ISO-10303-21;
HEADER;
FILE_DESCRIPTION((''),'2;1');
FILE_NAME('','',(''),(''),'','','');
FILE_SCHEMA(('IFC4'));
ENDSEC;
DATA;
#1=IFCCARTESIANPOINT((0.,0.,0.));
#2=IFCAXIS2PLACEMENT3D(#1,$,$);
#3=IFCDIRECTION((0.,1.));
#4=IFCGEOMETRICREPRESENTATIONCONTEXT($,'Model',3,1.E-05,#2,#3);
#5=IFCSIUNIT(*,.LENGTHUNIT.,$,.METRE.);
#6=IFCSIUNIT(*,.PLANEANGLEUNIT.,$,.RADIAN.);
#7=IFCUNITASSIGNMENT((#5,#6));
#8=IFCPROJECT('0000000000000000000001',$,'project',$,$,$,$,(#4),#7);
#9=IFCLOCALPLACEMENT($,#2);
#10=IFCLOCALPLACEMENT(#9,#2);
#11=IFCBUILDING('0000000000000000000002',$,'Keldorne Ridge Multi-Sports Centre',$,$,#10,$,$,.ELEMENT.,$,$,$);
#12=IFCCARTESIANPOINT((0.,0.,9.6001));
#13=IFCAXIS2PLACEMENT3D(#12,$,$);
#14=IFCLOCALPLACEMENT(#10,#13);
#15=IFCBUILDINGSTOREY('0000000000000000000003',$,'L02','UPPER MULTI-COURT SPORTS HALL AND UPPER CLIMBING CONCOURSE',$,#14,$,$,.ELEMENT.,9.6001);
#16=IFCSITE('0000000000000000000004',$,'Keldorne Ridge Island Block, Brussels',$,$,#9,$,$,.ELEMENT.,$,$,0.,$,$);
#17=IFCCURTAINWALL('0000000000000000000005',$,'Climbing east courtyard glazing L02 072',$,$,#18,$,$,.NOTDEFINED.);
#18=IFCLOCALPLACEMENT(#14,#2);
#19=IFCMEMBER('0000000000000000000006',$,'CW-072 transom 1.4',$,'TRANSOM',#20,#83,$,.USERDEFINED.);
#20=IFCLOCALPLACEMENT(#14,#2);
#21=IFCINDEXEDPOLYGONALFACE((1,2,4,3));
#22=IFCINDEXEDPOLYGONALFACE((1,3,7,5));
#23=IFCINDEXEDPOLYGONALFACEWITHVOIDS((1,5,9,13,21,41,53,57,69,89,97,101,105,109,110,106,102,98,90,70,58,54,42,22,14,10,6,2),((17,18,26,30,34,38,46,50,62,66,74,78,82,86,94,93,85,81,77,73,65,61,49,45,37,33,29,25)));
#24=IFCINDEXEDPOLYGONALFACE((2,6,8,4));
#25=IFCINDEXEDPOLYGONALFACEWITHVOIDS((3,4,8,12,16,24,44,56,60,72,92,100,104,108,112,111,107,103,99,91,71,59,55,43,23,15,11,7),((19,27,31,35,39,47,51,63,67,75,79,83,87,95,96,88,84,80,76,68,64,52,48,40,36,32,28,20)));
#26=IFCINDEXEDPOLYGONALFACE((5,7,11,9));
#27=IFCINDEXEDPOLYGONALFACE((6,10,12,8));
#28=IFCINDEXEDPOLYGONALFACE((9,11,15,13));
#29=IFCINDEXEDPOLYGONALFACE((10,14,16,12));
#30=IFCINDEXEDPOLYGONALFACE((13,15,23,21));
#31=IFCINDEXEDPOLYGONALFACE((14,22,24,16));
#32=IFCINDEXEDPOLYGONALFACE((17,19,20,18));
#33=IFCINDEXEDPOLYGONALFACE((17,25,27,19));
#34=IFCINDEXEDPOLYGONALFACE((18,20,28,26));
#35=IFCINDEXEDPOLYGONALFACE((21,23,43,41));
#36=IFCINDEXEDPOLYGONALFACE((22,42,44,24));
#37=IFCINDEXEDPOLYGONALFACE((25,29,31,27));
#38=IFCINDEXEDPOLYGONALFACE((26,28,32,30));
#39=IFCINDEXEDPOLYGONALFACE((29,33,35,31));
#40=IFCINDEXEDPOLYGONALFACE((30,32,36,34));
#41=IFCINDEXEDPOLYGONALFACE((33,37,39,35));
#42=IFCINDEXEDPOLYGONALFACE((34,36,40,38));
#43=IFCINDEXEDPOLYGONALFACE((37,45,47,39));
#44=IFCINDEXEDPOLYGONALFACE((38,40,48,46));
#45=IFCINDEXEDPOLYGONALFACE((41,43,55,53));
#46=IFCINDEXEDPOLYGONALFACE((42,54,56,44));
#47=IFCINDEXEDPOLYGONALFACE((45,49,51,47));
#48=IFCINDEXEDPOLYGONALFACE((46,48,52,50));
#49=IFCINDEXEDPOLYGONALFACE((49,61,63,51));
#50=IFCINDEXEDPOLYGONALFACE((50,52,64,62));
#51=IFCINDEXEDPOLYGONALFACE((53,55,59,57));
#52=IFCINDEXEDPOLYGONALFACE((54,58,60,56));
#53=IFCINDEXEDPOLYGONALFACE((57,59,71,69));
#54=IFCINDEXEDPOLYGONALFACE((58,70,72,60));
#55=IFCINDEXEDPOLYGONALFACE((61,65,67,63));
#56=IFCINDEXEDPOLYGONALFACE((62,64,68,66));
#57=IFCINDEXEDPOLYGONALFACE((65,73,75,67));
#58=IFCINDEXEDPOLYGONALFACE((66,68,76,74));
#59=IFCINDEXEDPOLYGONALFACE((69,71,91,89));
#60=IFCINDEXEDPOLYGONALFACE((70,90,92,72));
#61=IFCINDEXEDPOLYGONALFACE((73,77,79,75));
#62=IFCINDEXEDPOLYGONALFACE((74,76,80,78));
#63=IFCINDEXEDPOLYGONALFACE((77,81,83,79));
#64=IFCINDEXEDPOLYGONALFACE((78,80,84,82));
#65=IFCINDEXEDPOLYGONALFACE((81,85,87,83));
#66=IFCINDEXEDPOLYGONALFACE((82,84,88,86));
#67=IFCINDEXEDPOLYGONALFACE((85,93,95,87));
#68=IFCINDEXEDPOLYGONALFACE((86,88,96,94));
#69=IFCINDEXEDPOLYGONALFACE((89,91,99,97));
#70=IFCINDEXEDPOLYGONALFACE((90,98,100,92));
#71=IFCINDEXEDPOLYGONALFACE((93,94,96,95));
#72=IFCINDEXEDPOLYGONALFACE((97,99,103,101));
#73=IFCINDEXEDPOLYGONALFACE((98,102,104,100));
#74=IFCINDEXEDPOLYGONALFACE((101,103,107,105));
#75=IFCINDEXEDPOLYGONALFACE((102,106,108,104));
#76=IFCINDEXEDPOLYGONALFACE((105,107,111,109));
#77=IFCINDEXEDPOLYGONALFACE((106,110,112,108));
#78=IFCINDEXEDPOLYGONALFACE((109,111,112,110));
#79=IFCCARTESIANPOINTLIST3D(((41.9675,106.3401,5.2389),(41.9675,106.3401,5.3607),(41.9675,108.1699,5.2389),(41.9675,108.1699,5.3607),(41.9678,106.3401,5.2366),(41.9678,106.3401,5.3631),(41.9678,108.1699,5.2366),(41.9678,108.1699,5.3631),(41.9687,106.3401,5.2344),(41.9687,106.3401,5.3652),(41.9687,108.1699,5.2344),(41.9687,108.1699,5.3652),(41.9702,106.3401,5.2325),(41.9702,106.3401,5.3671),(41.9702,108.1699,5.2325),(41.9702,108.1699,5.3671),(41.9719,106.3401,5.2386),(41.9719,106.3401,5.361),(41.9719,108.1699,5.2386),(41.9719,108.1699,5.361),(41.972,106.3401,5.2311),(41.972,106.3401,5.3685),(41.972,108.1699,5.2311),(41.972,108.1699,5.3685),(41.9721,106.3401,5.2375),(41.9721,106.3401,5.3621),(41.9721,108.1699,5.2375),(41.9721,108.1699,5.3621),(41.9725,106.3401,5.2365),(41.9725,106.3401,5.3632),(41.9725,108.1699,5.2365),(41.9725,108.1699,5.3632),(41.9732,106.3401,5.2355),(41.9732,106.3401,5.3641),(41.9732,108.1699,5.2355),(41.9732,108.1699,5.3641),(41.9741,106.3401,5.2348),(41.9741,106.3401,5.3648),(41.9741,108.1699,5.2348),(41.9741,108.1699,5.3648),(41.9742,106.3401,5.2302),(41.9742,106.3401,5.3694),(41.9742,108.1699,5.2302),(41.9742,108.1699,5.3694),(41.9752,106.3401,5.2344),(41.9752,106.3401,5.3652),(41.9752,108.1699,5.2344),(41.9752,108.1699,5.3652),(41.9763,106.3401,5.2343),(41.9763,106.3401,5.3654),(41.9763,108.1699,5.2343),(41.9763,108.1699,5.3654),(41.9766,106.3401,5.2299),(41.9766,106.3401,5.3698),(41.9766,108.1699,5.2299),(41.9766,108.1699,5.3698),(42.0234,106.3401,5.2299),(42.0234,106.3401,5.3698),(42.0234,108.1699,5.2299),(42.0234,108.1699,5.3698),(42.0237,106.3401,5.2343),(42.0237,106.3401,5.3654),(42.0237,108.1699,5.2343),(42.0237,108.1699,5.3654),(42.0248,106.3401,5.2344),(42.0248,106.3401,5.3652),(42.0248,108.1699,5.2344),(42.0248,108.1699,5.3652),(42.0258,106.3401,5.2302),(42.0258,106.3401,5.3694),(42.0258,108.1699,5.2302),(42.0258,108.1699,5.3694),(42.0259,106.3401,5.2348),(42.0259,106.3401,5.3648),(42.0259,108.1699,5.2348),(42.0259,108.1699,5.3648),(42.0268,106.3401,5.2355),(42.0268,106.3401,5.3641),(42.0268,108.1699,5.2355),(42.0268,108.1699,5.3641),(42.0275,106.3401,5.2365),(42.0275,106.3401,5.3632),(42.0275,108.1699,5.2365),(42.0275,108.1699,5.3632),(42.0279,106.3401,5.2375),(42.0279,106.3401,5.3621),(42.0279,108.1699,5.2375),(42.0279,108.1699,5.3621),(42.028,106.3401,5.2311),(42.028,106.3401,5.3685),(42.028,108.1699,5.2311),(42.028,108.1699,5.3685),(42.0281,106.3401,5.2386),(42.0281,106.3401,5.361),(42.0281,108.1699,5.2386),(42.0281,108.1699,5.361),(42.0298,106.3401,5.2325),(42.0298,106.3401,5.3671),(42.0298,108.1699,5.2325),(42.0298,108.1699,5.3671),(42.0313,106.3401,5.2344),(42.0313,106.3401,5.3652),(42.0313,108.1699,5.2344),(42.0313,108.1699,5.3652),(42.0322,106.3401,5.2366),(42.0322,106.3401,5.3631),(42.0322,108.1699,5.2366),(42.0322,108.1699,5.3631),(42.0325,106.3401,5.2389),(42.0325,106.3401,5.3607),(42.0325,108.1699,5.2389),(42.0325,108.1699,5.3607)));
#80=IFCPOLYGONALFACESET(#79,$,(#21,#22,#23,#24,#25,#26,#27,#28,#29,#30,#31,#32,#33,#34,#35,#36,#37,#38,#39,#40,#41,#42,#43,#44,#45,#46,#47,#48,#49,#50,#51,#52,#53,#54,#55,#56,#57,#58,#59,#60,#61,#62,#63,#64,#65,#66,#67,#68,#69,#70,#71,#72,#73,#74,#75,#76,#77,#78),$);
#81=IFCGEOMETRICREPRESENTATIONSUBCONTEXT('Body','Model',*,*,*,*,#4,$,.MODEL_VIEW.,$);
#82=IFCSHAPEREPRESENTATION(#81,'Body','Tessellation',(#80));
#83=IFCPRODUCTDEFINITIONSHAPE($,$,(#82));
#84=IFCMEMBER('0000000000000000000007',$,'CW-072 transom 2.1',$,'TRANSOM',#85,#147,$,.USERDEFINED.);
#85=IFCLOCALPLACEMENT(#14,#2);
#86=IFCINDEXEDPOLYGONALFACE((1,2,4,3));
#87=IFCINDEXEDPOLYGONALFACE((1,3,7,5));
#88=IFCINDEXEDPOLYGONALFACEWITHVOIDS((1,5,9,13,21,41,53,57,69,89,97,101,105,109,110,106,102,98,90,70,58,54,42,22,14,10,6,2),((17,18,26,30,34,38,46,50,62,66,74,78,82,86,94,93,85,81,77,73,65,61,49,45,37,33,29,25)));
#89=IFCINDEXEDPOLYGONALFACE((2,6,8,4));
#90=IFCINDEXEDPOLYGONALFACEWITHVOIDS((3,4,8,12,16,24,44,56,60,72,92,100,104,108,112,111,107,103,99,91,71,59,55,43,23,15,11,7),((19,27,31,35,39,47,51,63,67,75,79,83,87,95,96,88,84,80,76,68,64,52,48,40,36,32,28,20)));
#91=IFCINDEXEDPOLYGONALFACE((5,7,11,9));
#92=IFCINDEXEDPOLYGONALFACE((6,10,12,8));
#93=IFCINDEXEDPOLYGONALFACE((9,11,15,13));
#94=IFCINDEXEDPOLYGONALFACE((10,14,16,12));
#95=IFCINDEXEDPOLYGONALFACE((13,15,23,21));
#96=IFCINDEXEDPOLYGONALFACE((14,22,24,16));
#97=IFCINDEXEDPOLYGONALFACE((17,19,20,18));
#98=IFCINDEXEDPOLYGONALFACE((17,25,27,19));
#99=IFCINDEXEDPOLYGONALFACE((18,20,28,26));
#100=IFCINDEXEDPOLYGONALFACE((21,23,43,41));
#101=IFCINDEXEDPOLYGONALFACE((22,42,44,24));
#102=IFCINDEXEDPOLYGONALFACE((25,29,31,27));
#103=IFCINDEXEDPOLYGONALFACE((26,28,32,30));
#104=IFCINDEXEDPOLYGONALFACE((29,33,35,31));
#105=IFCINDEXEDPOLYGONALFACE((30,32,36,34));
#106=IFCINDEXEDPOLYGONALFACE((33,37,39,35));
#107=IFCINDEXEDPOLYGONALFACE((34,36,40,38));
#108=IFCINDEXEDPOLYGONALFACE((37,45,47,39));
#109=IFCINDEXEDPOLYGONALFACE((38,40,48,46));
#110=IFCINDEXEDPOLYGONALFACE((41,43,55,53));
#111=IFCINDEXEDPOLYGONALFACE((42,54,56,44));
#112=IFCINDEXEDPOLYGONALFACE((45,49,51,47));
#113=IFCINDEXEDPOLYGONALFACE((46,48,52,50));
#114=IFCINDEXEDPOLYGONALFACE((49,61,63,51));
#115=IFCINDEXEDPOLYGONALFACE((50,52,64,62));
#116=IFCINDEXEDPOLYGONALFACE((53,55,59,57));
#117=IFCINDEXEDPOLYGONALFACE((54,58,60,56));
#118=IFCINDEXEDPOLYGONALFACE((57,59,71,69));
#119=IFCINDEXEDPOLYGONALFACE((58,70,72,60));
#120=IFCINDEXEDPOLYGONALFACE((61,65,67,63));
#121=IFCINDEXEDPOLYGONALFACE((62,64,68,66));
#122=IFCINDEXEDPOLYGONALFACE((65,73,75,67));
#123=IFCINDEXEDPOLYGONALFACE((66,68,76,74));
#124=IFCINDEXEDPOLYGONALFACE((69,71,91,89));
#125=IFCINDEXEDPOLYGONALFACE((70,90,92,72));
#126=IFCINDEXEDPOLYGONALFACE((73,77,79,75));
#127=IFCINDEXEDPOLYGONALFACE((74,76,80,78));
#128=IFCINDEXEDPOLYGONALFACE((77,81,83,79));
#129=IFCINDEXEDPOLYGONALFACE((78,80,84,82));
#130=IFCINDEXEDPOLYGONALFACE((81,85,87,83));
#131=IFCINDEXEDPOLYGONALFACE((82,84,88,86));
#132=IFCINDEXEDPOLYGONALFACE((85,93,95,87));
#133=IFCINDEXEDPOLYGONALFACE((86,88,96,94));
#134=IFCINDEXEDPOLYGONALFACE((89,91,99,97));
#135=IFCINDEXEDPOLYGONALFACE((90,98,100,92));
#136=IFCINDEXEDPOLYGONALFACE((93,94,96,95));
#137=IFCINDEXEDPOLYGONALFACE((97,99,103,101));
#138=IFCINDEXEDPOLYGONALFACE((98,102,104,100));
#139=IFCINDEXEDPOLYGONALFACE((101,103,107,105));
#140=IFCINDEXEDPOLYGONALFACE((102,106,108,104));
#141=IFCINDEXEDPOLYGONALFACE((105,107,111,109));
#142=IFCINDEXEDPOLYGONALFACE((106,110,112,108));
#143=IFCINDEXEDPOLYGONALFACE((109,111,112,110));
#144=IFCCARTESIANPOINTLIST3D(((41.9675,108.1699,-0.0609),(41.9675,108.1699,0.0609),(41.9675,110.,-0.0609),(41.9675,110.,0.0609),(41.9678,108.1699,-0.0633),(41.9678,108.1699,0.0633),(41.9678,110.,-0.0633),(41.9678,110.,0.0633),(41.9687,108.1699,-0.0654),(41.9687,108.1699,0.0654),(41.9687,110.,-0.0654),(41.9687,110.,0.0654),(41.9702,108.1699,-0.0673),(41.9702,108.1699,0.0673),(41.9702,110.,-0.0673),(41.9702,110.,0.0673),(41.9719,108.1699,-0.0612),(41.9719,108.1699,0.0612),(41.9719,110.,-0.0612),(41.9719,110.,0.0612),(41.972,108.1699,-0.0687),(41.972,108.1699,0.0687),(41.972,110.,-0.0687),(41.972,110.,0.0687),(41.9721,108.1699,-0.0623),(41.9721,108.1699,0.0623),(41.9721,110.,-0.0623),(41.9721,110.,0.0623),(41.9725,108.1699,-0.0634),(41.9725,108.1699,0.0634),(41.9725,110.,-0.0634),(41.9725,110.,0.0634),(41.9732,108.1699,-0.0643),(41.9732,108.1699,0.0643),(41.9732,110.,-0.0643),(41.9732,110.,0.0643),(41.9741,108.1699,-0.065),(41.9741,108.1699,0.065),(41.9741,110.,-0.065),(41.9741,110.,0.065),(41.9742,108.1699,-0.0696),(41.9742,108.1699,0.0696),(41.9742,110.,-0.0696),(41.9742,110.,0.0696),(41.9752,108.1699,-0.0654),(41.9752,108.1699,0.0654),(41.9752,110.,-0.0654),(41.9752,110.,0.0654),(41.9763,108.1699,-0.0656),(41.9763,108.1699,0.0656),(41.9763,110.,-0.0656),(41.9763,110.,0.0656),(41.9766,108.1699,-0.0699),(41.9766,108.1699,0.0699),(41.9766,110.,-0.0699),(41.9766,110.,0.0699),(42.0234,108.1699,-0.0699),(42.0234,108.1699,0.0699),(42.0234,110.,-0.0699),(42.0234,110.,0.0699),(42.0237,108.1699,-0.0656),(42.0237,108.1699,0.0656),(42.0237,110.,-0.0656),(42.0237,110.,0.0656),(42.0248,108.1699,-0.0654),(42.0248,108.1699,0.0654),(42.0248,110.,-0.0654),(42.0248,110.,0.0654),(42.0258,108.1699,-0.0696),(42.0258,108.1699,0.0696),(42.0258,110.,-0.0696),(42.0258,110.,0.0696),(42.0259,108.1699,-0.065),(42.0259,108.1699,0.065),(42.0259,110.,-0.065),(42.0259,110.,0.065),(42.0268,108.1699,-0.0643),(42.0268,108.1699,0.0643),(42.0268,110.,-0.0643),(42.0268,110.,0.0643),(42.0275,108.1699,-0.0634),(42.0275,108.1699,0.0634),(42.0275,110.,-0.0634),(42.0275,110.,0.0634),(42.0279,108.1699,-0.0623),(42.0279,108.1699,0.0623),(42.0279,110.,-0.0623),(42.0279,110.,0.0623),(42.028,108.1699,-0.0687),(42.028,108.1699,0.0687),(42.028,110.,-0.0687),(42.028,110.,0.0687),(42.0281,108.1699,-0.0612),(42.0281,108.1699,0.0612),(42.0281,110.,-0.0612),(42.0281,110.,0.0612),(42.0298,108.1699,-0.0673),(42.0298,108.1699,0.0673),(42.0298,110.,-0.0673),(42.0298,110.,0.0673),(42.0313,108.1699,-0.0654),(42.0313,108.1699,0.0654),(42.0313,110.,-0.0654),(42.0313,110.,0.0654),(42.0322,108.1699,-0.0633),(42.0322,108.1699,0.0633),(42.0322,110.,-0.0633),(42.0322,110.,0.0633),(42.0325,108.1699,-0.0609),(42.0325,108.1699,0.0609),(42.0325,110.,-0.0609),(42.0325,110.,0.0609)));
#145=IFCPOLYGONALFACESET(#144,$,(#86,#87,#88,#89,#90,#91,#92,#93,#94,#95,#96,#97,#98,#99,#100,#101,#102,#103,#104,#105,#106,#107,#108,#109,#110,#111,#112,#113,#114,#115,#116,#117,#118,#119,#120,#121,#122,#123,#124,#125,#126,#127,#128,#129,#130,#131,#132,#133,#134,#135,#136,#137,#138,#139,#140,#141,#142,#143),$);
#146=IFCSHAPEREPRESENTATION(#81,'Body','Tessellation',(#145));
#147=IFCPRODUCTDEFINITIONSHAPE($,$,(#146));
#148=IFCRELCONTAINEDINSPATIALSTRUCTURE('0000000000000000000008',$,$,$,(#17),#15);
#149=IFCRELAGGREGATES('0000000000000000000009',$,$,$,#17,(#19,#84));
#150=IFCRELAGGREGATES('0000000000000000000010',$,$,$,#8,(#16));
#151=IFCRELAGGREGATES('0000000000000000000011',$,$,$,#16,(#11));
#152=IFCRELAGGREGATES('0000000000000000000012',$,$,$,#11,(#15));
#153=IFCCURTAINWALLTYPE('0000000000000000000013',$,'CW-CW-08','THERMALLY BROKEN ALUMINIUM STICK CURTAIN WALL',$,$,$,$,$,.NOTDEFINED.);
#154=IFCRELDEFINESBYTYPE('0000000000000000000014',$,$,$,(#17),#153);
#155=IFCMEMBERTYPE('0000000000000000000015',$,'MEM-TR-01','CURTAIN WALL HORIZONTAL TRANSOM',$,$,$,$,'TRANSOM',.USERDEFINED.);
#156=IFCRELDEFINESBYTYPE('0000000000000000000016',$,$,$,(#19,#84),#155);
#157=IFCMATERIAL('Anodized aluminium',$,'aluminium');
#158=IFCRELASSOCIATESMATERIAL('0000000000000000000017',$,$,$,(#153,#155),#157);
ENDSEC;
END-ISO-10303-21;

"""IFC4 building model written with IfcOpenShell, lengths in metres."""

from ifc_helpers import new_model, si_unit, direction, frame, origin, origin_2d, place, context, subcontext, project, spatial, hollow_rectangle, extrude, material, material_profile, profile_set, type_object, element, aggregate, save


model = new_model("IFC4")

# Units and contexts
model_context = context("Model", 3, precision=1e-05, world=origin(), true_north=direction((0.0, 1.0)))
body_context = subcontext(model_context, "Body", "Model", "MODEL_VIEW")
ifc_project = project(units=[si_unit("LENGTHUNIT", "METRE"), si_unit("PLANEANGLEUNIT", "RADIAN")], contexts=[model_context])

# Site, building, storey
site_placement = place(None, origin())
site = spatial("IfcSite", under=ifc_project, at=site_placement, Name="Keldorne Ridge Island Block, Brussels", CompositionType="ELEMENT", RefElevation=0.0)
building_placement = place(site_placement, origin())
building = spatial("IfcBuilding", under=site, at=building_placement, Name="Keldorne Ridge Multi-Sports Centre", CompositionType="ELEMENT")
storey_placement = place(building_placement, frame((0.0, 0.0, 9.6001)))
storey = spatial("IfcBuildingStorey", under=building, at=storey_placement, Name="L02", Description="UPPER MULTI-COURT SPORTS HALL AND UPPER CLIMBING CONCOURSE", CompositionType="ELEMENT", Elevation=9.6001)

# Curtain wall, members
ifc_material_1 = material(Name="Anodized aluminium", Category="aluminium")
curtain_wall_type = type_object("IfcCurtainWallType", Name="CW-CW-08", Description="THERMALLY BROKEN ALUMINIUM STICK CURTAIN WALL", PredefinedType="NOTDEFINED", material=ifc_material_1)
curtain_wall_placement = place(storey_placement, origin())
curtain_wall = element("IfcCurtainWall", 1, at=curtain_wall_placement, inside=storey, type_object=curtain_wall_type, Name="Climbing east courtyard glazing L02 072", PredefinedType="NOTDEFINED")
ifc_material_profile_1 = material_profile(ifc_material_1, hollow_rectangle(XDim=0.0649, YDim=0.1399, WallThickness=0.0044, InnerFilletRadius=0.0044, OuterFilletRadius=0.009, at=origin_2d()), Name="ALU TRANSOM 140x65x4.5")
ifc_profile_set_1 = profile_set([ifc_material_profile_1], Name="Anodized aluminium")
member_type_1 = type_object("IfcMemberType", Name="MEM-TR-01", Description="CURTAIN WALL HORIZONTAL TRANSOM", ElementType="TRANSOM", PredefinedType="USERDEFINED", material=ifc_profile_set_1)
member_1_placement = place(storey_placement, frame((42.0, 106.3401, 5.2998), z_axis=(0.0, 1.0, 0.0), x_axis=(-1.0, 0.0, 0.0)))
member_1 = element("IfcMember", 2, at=member_1_placement, type_object=member_type_1, Name="CW-072 transom 1.4", ObjectType="TRANSOM", PredefinedType="USERDEFINED", context=body_context, shape_type="SweptSolid", body=[
    extrude(hollow_rectangle(XDim=0.0649, YDim=0.1399, WallThickness=0.0044, InnerFilletRadius=0.0044, OuterFilletRadius=0.009, at=origin_2d()), origin(), (0.0, 0.0, 1.0), 1.8298),
])
member_2_placement = place(storey_placement, frame((42.0, 108.1699, 0.0), z_axis=(0.0, 1.0, 0.0), x_axis=(-1.0, 0.0, 0.0)))
member_2 = element("IfcMember", 3, at=member_2_placement, type_object=member_type_1, Name="CW-072 transom 2.1", ObjectType="TRANSOM", PredefinedType="USERDEFINED", context=body_context, shape_type="SweptSolid", body=[
    extrude(hollow_rectangle(XDim=0.0649, YDim=0.1399, WallThickness=0.0044, InnerFilletRadius=0.0044, OuterFilletRadius=0.009, at=origin_2d()), origin(), (0.0, 0.0, 1.0), 1.8301),
])
aggregate(curtain_wall, [member_1, member_2])

save(model, "model.ifc")
